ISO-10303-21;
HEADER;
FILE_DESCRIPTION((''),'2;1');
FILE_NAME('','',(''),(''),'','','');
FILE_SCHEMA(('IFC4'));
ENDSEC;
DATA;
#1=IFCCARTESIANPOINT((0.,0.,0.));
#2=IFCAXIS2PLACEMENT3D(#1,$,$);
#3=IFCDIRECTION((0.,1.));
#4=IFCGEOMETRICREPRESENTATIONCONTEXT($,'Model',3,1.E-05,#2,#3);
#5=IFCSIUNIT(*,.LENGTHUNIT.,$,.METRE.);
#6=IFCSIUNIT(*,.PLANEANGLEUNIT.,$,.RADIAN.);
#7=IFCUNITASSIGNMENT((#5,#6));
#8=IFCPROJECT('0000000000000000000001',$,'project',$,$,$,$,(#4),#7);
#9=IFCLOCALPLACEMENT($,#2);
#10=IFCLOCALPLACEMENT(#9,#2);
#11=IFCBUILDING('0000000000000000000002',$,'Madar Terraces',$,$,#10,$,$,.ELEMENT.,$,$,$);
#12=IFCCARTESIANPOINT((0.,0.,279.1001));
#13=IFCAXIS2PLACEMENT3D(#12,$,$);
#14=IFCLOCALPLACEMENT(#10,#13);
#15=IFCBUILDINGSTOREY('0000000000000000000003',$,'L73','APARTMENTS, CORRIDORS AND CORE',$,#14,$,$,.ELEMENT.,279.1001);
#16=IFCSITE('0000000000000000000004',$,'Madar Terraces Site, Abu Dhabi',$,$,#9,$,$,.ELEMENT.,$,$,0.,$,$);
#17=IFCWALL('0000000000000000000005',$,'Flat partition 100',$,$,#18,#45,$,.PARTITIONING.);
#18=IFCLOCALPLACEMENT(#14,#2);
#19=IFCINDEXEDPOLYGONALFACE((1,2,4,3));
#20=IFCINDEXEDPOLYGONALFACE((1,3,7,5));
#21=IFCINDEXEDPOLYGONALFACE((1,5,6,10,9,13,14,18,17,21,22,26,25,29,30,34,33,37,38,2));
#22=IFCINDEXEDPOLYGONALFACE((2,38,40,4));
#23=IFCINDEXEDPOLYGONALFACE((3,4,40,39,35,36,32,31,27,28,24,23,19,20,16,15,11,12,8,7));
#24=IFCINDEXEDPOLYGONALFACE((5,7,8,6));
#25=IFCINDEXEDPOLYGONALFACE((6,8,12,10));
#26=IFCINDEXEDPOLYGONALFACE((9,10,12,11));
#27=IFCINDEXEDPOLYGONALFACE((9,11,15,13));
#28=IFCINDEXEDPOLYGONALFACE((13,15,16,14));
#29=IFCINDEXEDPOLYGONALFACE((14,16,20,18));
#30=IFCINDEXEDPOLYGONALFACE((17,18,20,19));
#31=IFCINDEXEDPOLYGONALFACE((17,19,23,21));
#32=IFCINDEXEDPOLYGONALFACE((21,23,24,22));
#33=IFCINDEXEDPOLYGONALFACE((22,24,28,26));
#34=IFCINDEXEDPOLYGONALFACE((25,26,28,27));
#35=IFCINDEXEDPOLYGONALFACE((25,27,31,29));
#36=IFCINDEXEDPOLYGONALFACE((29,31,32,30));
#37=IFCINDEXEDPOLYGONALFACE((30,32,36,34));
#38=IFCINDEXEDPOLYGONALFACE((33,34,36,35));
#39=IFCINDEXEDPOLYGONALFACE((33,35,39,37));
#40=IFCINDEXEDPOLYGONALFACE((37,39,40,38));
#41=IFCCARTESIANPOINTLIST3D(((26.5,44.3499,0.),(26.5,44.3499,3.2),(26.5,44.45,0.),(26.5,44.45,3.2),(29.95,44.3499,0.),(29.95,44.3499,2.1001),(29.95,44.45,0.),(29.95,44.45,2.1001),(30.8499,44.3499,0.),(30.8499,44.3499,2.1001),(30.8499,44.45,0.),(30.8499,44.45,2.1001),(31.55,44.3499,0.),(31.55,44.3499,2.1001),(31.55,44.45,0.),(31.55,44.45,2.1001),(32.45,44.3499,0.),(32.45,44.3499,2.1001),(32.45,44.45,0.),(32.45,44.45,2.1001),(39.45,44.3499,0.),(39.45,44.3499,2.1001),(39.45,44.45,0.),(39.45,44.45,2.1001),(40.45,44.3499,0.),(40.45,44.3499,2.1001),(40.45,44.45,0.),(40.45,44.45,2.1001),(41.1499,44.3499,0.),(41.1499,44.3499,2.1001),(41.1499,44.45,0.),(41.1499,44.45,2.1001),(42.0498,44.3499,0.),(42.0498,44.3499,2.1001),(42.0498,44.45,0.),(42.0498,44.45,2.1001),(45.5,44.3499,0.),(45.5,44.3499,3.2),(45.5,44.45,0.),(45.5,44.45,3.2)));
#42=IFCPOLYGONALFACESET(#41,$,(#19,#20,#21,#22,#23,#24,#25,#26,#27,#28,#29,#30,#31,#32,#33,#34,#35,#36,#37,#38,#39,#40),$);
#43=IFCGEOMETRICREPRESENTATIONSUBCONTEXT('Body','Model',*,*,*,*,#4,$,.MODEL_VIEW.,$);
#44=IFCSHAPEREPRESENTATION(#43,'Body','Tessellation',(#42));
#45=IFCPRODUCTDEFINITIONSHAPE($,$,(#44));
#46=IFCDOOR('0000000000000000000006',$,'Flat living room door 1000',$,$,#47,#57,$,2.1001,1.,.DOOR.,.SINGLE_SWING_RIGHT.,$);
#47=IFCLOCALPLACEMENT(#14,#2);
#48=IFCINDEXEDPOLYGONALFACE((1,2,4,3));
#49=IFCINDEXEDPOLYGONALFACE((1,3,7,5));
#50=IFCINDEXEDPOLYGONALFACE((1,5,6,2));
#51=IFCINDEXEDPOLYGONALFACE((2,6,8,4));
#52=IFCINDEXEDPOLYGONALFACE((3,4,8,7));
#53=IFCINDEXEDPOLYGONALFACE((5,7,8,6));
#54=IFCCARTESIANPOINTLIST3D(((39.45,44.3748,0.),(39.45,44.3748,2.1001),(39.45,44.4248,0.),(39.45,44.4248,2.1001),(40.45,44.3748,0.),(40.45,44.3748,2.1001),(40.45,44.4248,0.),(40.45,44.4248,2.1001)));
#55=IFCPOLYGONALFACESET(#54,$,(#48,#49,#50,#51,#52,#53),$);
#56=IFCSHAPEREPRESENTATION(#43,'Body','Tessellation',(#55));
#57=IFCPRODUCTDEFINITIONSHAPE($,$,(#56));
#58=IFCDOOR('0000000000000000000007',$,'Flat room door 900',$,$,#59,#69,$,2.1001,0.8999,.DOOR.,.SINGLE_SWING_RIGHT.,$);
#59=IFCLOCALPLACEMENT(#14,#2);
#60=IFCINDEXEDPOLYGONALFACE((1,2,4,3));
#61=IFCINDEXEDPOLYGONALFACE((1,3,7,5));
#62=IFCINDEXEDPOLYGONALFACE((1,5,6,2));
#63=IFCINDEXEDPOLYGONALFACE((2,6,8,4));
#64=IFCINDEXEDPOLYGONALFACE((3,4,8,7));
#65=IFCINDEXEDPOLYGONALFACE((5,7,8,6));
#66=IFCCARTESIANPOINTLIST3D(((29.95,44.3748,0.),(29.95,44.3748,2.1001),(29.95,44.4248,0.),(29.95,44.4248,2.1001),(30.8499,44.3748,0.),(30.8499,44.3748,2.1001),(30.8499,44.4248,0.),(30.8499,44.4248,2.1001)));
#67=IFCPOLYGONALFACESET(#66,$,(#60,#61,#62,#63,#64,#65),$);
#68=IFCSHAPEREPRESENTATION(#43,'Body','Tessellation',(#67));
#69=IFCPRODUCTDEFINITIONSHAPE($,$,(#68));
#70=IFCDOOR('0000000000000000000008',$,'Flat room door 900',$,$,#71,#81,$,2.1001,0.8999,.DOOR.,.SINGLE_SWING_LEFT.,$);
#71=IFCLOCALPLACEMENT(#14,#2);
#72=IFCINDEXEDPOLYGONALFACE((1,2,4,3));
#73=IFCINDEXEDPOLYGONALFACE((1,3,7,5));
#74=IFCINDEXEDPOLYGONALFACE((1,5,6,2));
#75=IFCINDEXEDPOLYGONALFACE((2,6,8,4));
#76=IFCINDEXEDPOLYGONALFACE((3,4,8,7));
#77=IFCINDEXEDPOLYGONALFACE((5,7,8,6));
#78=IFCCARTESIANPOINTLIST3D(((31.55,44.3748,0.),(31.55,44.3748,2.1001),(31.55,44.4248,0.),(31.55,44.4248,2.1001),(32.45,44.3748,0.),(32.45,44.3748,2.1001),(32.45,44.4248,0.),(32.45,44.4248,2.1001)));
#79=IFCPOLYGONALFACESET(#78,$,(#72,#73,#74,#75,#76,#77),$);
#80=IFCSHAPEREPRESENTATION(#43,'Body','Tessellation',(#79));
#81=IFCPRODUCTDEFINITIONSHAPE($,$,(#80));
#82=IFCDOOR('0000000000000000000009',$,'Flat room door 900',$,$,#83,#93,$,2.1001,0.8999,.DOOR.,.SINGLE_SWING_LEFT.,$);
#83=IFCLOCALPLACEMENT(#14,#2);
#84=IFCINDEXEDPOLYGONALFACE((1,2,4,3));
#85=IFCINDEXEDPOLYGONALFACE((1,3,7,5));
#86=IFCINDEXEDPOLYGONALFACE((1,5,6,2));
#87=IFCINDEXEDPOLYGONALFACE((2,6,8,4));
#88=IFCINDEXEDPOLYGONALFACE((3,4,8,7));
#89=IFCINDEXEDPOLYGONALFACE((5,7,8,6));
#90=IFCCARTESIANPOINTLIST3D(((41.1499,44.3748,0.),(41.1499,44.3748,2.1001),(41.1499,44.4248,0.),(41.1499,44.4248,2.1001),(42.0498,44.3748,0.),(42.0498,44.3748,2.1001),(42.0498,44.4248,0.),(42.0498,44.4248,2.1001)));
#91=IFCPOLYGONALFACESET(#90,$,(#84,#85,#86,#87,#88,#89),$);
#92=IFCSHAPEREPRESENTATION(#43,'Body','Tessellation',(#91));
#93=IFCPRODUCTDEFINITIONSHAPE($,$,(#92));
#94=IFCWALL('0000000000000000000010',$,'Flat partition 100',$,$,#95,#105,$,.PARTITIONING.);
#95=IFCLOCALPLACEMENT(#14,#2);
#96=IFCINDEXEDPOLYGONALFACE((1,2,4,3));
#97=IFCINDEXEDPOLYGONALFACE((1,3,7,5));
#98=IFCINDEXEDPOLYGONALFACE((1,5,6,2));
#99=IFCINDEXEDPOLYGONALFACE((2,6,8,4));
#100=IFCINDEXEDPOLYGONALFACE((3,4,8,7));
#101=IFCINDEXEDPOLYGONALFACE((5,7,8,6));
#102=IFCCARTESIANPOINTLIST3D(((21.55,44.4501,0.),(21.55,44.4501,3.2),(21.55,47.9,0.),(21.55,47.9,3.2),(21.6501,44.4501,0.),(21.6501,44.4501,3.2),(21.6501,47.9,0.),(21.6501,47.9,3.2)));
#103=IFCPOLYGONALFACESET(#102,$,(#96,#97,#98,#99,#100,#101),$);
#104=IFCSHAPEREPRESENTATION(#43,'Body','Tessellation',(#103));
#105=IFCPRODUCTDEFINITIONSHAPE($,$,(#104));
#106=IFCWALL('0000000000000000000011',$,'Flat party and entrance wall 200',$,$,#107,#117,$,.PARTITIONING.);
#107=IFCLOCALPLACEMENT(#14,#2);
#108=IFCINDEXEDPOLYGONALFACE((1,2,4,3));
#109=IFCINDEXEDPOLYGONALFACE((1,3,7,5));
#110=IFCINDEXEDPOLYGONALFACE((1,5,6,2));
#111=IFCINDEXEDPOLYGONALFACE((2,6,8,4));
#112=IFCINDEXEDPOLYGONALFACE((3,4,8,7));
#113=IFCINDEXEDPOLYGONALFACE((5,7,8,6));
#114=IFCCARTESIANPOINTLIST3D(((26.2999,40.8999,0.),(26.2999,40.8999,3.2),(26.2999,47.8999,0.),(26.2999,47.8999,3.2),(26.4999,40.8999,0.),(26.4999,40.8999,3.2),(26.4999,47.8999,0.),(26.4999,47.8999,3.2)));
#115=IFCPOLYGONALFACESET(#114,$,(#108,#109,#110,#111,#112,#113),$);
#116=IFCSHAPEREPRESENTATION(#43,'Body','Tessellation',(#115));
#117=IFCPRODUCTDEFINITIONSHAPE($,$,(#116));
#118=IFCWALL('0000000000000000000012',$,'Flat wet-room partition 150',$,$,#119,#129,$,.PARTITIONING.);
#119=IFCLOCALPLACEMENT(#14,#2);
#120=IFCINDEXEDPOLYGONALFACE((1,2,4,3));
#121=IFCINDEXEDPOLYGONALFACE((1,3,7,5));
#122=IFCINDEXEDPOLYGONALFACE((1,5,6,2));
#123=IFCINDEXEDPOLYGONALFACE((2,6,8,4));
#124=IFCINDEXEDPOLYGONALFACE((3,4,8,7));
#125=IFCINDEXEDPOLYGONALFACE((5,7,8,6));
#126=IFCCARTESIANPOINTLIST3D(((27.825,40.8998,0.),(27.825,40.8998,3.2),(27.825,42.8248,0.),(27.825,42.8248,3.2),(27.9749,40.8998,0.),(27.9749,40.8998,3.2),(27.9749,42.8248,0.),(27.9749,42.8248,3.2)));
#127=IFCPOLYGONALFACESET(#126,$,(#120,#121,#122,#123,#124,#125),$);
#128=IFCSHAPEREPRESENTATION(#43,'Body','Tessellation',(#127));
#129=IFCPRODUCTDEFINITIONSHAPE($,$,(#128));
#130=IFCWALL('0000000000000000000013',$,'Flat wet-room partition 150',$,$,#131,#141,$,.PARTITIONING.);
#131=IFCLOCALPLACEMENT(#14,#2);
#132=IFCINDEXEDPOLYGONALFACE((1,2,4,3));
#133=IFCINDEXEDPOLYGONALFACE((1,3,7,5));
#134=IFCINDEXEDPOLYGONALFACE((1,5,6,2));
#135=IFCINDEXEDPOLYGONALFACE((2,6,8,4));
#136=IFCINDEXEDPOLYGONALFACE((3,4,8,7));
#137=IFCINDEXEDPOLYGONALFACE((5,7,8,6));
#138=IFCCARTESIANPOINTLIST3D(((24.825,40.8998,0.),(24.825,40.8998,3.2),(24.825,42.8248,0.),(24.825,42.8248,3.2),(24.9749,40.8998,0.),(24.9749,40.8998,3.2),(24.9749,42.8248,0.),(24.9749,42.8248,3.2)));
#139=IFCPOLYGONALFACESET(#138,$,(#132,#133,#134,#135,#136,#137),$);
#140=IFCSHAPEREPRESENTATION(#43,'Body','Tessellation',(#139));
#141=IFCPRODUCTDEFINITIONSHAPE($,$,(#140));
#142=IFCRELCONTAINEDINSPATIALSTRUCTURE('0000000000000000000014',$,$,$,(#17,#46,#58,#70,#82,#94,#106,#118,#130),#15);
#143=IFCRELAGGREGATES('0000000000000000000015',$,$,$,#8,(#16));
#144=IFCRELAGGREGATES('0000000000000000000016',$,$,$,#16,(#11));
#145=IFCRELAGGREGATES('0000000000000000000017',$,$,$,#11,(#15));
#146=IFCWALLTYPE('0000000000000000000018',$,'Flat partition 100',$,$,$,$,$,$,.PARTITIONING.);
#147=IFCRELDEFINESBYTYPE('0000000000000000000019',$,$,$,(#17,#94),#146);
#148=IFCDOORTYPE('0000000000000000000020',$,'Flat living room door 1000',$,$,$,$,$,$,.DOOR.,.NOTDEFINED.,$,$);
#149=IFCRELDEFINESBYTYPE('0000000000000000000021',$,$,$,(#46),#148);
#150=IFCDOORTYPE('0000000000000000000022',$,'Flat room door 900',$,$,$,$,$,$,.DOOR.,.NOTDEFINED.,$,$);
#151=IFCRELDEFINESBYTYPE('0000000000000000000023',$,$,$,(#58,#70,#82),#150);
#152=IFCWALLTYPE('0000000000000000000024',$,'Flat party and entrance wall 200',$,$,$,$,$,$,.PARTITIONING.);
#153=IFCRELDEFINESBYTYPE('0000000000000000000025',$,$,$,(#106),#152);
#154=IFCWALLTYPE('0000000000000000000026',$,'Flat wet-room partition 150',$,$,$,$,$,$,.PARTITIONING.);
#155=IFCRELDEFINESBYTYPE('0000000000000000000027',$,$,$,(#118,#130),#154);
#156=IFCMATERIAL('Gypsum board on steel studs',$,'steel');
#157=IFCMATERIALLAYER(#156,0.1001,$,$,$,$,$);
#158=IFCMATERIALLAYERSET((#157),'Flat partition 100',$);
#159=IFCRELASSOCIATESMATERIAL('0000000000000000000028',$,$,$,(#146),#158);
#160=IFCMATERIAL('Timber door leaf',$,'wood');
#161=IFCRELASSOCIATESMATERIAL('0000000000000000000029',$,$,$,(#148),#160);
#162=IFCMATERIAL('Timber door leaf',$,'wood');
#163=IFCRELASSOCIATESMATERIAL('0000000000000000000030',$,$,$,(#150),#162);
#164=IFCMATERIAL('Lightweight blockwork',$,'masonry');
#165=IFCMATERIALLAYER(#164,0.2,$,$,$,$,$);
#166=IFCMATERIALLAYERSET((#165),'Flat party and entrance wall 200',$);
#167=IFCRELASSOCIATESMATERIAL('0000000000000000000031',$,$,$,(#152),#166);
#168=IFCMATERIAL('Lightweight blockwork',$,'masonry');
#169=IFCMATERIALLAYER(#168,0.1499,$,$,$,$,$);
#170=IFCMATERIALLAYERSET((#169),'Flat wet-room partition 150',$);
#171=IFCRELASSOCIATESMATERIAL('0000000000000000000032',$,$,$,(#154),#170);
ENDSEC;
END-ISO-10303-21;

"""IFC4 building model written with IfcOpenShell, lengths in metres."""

from ifc_helpers import new_model, si_unit, direction, frame, frame_2d, origin, place, context, subcontext, project, spatial, rectangle, extrude, material, layer, layer_set, type_object, element, fill, save


model = new_model("IFC4")

# Units and contexts
model_context = context("Model", 3, precision=1e-05, world=origin(), true_north=direction((0.0, 1.0)))
body_context = subcontext(model_context, "Body", "Model", "MODEL_VIEW")
ifc_project = project(units=[si_unit("LENGTHUNIT", "METRE"), si_unit("PLANEANGLEUNIT", "RADIAN")], contexts=[model_context])

# Site, building, storey
site_placement = place(None, origin())
site = spatial("IfcSite", under=ifc_project, at=site_placement, Name="Madar Terraces Site, Abu Dhabi", CompositionType="ELEMENT", RefElevation=0.0)
building_placement = place(site_placement, origin())
building = spatial("IfcBuilding", under=site, at=building_placement, Name="Madar Terraces", CompositionType="ELEMENT")
storey_placement = place(building_placement, frame((0.0, 0.0, 279.1001)))
storey = spatial("IfcBuildingStorey", under=building, at=storey_placement, Name="L73", Description="APARTMENTS, CORRIDORS AND CORE", CompositionType="ELEMENT", Elevation=279.1001)

# Wall, openings, doors
ifc_material_1 = material(Name="Gypsum board on steel studs", Category="steel")
ifc_layer_1 = layer(ifc_material_1, 0.1001)
ifc_layer_set_1 = layer_set([ifc_layer_1], Name="Flat partition 100")
wall_type_1 = type_object("IfcWallType", Name="Flat partition 100", PredefinedType="PARTITIONING", material=ifc_layer_set_1)
wall_1_placement = place(storey_placement, frame((26.5, 44.3999, 0.0), z_axis=(0.0, 0.0, 1.0), x_axis=(1.0, 0.0, 0.0)))
wall_1 = element("IfcWall", 1, at=wall_1_placement, inside=storey, type_object=wall_type_1, Name="Flat partition 100", PredefinedType="PARTITIONING", context=body_context, shape_type="SweptSolid", body=[
    extrude(rectangle(XDim=19.0, YDim=0.1001, at=frame_2d((9.5, 0.0))), origin(), (0.0, 0.0, 1.0), 3.2),
])
opening_1_placement = place(wall_1_placement, frame((3.45, 0.0, 0.0)))
opening_1 = element("IfcOpeningElement", 2, at=opening_1_placement, cuts=wall_1, PredefinedType="OPENING", context=body_context, shape_type="SweptSolid", body=[
    extrude(rectangle(XDim=0.8999, YDim=2.1001, at=frame_2d((0.45, 1.05))), frame((0.0, 0.0601, 0.0), z_axis=(0.0, -1.0, 0.0), x_axis=(1.0, 0.0, 0.0)), (0.0, 0.0, 1.0), 0.1201),
])
opening_2_placement = place(wall_1_placement, frame((5.05, 0.0, 0.0)))
opening_2 = element("IfcOpeningElement", 3, at=opening_2_placement, cuts=wall_1, PredefinedType="OPENING", context=body_context, shape_type="SweptSolid", body=[
    extrude(rectangle(XDim=0.8999, YDim=2.1001, at=frame_2d((0.45, 1.05))), frame((0.0, 0.0601, 0.0), z_axis=(0.0, -1.0, 0.0), x_axis=(1.0, 0.0, 0.0)), (0.0, 0.0, 1.0), 0.1201),
])
opening_3_placement = place(wall_1_placement, frame((12.95, 0.0, 0.0)))
opening_3 = element("IfcOpeningElement", 4, at=opening_3_placement, cuts=wall_1, PredefinedType="OPENING", context=body_context, shape_type="SweptSolid", body=[
    extrude(rectangle(XDim=1.0, YDim=2.1001, at=frame_2d((0.5, 1.05))), frame((0.0, 0.0601, 0.0), z_axis=(0.0, -1.0, 0.0), x_axis=(1.0, 0.0, 0.0)), (0.0, 0.0, 1.0), 0.1201),
])
opening_4_placement = place(wall_1_placement, frame((14.6499, 0.0, 0.0)))
opening_4 = element("IfcOpeningElement", 5, at=opening_4_placement, cuts=wall_1, PredefinedType="OPENING", context=body_context, shape_type="SweptSolid", body=[
    extrude(rectangle(XDim=0.8999, YDim=2.1001, at=frame_2d((0.45, 1.05))), frame((0.0, 0.0601, 0.0), z_axis=(0.0, -1.0, 0.0), x_axis=(1.0, 0.0, 0.0)), (0.0, 0.0, 1.0), 0.1201),
])
ifc_material_2 = material(Name="Timber door leaf", Category="wood")
door_type_1 = type_object("IfcDoorType", Name="Flat living room door 1000", OperationType="NOTDEFINED", PredefinedType="DOOR", material=ifc_material_2)
door_1_placement = place(opening_3_placement, origin())
door_1 = element("IfcDoor", 6, at=door_1_placement, inside=storey, type_object=door_type_1, Name="Flat living room door 1000", OperationType="SINGLE_SWING_RIGHT", OverallHeight=2.1001, OverallWidth=1.0, PredefinedType="DOOR", context=body_context, shape_type="SweptSolid", body=[
    extrude(rectangle(XDim=1.0, YDim=2.1001, at=frame_2d((0.5, 1.05))), frame((0.0, 0.0249, 0.0), z_axis=(0.0, -1.0, 0.0), x_axis=(1.0, 0.0, 0.0)), (0.0, 0.0, 1.0), 0.05),
])
fill(opening_3, door_1)
ifc_material_3 = material(Name="Timber door leaf", Category="wood")
door_type_2 = type_object("IfcDoorType", Name="Flat room door 900", OperationType="NOTDEFINED", PredefinedType="DOOR", material=ifc_material_3)
door_2_placement = place(opening_1_placement, origin())
door_2 = element("IfcDoor", 7, at=door_2_placement, inside=storey, type_object=door_type_2, Name="Flat room door 900", OperationType="SINGLE_SWING_RIGHT", OverallHeight=2.1001, OverallWidth=0.8999, PredefinedType="DOOR", context=body_context, shape_type="SweptSolid", body=[
    extrude(rectangle(XDim=0.8999, YDim=2.1001, at=frame_2d((0.45, 1.05))), frame((0.0, 0.0249, 0.0), z_axis=(0.0, -1.0, 0.0), x_axis=(1.0, 0.0, 0.0)), (0.0, 0.0, 1.0), 0.05),
])
fill(opening_1, door_2)
door_3_placement = place(opening_2_placement, origin())
door_3 = element("IfcDoor", 8, at=door_3_placement, inside=storey, type_object=door_type_2, Name="Flat room door 900", OperationType="SINGLE_SWING_LEFT", OverallHeight=2.1001, OverallWidth=0.8999, PredefinedType="DOOR", context=body_context, shape_type="SweptSolid", body=[
    extrude(rectangle(XDim=0.8999, YDim=2.1001, at=frame_2d((0.45, 1.05))), frame((0.0, 0.0249, 0.0), z_axis=(0.0, -1.0, 0.0), x_axis=(1.0, 0.0, 0.0)), (0.0, 0.0, 1.0), 0.05),
])
fill(opening_2, door_3)
door_4_placement = place(opening_4_placement, origin())
door_4 = element("IfcDoor", 9, at=door_4_placement, inside=storey, type_object=door_type_2, Name="Flat room door 900", OperationType="SINGLE_SWING_LEFT", OverallHeight=2.1001, OverallWidth=0.8999, PredefinedType="DOOR", context=body_context, shape_type="SweptSolid", body=[
    extrude(rectangle(XDim=0.8999, YDim=2.1001, at=frame_2d((0.45, 1.05))), frame((0.0, 0.0249, 0.0), z_axis=(0.0, -1.0, 0.0), x_axis=(1.0, 0.0, 0.0)), (0.0, 0.0, 1.0), 0.05),
])
fill(opening_4, door_4)

# Walls
wall_2_placement = place(storey_placement, frame((21.6001, 44.45, 0.0), z_axis=(0.0, 0.0, 1.0), x_axis=(0.0, 1.0, 0.0)))
element("IfcWall", 10, at=wall_2_placement, inside=storey, type_object=wall_type_1, Name="Flat partition 100", PredefinedType="PARTITIONING", context=body_context, shape_type="SweptSolid", body=[
    extrude(rectangle(XDim=3.45, YDim=0.1001, at=frame_2d((1.7251, 0.0))), origin(), (0.0, 0.0, 1.0), 3.2),
])
ifc_material_4 = material(Name="Lightweight blockwork", Category="masonry")
ifc_layer_2 = layer(ifc_material_4, 0.2)
ifc_layer_set_2 = layer_set([ifc_layer_2], Name="Flat party and entrance wall 200")
wall_type_2 = type_object("IfcWallType", Name="Flat party and entrance wall 200", PredefinedType="PARTITIONING", material=ifc_layer_set_2)
wall_3_placement = place(storey_placement, frame((26.3999, 47.8999, 0.0), z_axis=(0.0, 0.0, 1.0), x_axis=(0.0, -1.0, 0.0)))
element("IfcWall", 11, at=wall_3_placement, inside=storey, type_object=wall_type_2, Name="Flat party and entrance wall 200", PredefinedType="PARTITIONING", context=body_context, shape_type="SweptSolid", body=[
    extrude(rectangle(XDim=7.0, YDim=0.2, at=frame_2d((3.5, 0.0))), origin(), (0.0, 0.0, 1.0), 3.2),
])
ifc_material_5 = material(Name="Lightweight blockwork", Category="masonry")
ifc_layer_3 = layer(ifc_material_5, 0.1499)
ifc_layer_set_3 = layer_set([ifc_layer_3], Name="Flat wet-room partition 150")
wall_type_3 = type_object("IfcWallType", Name="Flat wet-room partition 150", PredefinedType="PARTITIONING", material=ifc_layer_set_3)
for number, where, z_axis, x_axis, name in (
    (12, (27.8999, 40.8999, 0.0), (0.0, 0.0, 1.0), (0.0, 1.0, 0.0), "Flat wet-room partition 150"),
    (13, (24.8999, 40.8999, 0.0), (0.0, 0.0, 1.0), (0.0, 1.0, 0.0), "Flat wet-room partition 150"),
):
    element("IfcWall", number, at=place(storey_placement, frame(where, z_axis=z_axis, x_axis=x_axis)), inside=storey, type_object=wall_type_3, Name=name, PredefinedType="PARTITIONING", context=body_context, shape_type="SweptSolid", body=[
        extrude(rectangle(XDim=1.925, YDim=0.1499, at=frame_2d((0.9624, 0.0))), origin(), (0.0, 0.0, 1.0), 3.2),
    ])

save(model, "model.ifc")
